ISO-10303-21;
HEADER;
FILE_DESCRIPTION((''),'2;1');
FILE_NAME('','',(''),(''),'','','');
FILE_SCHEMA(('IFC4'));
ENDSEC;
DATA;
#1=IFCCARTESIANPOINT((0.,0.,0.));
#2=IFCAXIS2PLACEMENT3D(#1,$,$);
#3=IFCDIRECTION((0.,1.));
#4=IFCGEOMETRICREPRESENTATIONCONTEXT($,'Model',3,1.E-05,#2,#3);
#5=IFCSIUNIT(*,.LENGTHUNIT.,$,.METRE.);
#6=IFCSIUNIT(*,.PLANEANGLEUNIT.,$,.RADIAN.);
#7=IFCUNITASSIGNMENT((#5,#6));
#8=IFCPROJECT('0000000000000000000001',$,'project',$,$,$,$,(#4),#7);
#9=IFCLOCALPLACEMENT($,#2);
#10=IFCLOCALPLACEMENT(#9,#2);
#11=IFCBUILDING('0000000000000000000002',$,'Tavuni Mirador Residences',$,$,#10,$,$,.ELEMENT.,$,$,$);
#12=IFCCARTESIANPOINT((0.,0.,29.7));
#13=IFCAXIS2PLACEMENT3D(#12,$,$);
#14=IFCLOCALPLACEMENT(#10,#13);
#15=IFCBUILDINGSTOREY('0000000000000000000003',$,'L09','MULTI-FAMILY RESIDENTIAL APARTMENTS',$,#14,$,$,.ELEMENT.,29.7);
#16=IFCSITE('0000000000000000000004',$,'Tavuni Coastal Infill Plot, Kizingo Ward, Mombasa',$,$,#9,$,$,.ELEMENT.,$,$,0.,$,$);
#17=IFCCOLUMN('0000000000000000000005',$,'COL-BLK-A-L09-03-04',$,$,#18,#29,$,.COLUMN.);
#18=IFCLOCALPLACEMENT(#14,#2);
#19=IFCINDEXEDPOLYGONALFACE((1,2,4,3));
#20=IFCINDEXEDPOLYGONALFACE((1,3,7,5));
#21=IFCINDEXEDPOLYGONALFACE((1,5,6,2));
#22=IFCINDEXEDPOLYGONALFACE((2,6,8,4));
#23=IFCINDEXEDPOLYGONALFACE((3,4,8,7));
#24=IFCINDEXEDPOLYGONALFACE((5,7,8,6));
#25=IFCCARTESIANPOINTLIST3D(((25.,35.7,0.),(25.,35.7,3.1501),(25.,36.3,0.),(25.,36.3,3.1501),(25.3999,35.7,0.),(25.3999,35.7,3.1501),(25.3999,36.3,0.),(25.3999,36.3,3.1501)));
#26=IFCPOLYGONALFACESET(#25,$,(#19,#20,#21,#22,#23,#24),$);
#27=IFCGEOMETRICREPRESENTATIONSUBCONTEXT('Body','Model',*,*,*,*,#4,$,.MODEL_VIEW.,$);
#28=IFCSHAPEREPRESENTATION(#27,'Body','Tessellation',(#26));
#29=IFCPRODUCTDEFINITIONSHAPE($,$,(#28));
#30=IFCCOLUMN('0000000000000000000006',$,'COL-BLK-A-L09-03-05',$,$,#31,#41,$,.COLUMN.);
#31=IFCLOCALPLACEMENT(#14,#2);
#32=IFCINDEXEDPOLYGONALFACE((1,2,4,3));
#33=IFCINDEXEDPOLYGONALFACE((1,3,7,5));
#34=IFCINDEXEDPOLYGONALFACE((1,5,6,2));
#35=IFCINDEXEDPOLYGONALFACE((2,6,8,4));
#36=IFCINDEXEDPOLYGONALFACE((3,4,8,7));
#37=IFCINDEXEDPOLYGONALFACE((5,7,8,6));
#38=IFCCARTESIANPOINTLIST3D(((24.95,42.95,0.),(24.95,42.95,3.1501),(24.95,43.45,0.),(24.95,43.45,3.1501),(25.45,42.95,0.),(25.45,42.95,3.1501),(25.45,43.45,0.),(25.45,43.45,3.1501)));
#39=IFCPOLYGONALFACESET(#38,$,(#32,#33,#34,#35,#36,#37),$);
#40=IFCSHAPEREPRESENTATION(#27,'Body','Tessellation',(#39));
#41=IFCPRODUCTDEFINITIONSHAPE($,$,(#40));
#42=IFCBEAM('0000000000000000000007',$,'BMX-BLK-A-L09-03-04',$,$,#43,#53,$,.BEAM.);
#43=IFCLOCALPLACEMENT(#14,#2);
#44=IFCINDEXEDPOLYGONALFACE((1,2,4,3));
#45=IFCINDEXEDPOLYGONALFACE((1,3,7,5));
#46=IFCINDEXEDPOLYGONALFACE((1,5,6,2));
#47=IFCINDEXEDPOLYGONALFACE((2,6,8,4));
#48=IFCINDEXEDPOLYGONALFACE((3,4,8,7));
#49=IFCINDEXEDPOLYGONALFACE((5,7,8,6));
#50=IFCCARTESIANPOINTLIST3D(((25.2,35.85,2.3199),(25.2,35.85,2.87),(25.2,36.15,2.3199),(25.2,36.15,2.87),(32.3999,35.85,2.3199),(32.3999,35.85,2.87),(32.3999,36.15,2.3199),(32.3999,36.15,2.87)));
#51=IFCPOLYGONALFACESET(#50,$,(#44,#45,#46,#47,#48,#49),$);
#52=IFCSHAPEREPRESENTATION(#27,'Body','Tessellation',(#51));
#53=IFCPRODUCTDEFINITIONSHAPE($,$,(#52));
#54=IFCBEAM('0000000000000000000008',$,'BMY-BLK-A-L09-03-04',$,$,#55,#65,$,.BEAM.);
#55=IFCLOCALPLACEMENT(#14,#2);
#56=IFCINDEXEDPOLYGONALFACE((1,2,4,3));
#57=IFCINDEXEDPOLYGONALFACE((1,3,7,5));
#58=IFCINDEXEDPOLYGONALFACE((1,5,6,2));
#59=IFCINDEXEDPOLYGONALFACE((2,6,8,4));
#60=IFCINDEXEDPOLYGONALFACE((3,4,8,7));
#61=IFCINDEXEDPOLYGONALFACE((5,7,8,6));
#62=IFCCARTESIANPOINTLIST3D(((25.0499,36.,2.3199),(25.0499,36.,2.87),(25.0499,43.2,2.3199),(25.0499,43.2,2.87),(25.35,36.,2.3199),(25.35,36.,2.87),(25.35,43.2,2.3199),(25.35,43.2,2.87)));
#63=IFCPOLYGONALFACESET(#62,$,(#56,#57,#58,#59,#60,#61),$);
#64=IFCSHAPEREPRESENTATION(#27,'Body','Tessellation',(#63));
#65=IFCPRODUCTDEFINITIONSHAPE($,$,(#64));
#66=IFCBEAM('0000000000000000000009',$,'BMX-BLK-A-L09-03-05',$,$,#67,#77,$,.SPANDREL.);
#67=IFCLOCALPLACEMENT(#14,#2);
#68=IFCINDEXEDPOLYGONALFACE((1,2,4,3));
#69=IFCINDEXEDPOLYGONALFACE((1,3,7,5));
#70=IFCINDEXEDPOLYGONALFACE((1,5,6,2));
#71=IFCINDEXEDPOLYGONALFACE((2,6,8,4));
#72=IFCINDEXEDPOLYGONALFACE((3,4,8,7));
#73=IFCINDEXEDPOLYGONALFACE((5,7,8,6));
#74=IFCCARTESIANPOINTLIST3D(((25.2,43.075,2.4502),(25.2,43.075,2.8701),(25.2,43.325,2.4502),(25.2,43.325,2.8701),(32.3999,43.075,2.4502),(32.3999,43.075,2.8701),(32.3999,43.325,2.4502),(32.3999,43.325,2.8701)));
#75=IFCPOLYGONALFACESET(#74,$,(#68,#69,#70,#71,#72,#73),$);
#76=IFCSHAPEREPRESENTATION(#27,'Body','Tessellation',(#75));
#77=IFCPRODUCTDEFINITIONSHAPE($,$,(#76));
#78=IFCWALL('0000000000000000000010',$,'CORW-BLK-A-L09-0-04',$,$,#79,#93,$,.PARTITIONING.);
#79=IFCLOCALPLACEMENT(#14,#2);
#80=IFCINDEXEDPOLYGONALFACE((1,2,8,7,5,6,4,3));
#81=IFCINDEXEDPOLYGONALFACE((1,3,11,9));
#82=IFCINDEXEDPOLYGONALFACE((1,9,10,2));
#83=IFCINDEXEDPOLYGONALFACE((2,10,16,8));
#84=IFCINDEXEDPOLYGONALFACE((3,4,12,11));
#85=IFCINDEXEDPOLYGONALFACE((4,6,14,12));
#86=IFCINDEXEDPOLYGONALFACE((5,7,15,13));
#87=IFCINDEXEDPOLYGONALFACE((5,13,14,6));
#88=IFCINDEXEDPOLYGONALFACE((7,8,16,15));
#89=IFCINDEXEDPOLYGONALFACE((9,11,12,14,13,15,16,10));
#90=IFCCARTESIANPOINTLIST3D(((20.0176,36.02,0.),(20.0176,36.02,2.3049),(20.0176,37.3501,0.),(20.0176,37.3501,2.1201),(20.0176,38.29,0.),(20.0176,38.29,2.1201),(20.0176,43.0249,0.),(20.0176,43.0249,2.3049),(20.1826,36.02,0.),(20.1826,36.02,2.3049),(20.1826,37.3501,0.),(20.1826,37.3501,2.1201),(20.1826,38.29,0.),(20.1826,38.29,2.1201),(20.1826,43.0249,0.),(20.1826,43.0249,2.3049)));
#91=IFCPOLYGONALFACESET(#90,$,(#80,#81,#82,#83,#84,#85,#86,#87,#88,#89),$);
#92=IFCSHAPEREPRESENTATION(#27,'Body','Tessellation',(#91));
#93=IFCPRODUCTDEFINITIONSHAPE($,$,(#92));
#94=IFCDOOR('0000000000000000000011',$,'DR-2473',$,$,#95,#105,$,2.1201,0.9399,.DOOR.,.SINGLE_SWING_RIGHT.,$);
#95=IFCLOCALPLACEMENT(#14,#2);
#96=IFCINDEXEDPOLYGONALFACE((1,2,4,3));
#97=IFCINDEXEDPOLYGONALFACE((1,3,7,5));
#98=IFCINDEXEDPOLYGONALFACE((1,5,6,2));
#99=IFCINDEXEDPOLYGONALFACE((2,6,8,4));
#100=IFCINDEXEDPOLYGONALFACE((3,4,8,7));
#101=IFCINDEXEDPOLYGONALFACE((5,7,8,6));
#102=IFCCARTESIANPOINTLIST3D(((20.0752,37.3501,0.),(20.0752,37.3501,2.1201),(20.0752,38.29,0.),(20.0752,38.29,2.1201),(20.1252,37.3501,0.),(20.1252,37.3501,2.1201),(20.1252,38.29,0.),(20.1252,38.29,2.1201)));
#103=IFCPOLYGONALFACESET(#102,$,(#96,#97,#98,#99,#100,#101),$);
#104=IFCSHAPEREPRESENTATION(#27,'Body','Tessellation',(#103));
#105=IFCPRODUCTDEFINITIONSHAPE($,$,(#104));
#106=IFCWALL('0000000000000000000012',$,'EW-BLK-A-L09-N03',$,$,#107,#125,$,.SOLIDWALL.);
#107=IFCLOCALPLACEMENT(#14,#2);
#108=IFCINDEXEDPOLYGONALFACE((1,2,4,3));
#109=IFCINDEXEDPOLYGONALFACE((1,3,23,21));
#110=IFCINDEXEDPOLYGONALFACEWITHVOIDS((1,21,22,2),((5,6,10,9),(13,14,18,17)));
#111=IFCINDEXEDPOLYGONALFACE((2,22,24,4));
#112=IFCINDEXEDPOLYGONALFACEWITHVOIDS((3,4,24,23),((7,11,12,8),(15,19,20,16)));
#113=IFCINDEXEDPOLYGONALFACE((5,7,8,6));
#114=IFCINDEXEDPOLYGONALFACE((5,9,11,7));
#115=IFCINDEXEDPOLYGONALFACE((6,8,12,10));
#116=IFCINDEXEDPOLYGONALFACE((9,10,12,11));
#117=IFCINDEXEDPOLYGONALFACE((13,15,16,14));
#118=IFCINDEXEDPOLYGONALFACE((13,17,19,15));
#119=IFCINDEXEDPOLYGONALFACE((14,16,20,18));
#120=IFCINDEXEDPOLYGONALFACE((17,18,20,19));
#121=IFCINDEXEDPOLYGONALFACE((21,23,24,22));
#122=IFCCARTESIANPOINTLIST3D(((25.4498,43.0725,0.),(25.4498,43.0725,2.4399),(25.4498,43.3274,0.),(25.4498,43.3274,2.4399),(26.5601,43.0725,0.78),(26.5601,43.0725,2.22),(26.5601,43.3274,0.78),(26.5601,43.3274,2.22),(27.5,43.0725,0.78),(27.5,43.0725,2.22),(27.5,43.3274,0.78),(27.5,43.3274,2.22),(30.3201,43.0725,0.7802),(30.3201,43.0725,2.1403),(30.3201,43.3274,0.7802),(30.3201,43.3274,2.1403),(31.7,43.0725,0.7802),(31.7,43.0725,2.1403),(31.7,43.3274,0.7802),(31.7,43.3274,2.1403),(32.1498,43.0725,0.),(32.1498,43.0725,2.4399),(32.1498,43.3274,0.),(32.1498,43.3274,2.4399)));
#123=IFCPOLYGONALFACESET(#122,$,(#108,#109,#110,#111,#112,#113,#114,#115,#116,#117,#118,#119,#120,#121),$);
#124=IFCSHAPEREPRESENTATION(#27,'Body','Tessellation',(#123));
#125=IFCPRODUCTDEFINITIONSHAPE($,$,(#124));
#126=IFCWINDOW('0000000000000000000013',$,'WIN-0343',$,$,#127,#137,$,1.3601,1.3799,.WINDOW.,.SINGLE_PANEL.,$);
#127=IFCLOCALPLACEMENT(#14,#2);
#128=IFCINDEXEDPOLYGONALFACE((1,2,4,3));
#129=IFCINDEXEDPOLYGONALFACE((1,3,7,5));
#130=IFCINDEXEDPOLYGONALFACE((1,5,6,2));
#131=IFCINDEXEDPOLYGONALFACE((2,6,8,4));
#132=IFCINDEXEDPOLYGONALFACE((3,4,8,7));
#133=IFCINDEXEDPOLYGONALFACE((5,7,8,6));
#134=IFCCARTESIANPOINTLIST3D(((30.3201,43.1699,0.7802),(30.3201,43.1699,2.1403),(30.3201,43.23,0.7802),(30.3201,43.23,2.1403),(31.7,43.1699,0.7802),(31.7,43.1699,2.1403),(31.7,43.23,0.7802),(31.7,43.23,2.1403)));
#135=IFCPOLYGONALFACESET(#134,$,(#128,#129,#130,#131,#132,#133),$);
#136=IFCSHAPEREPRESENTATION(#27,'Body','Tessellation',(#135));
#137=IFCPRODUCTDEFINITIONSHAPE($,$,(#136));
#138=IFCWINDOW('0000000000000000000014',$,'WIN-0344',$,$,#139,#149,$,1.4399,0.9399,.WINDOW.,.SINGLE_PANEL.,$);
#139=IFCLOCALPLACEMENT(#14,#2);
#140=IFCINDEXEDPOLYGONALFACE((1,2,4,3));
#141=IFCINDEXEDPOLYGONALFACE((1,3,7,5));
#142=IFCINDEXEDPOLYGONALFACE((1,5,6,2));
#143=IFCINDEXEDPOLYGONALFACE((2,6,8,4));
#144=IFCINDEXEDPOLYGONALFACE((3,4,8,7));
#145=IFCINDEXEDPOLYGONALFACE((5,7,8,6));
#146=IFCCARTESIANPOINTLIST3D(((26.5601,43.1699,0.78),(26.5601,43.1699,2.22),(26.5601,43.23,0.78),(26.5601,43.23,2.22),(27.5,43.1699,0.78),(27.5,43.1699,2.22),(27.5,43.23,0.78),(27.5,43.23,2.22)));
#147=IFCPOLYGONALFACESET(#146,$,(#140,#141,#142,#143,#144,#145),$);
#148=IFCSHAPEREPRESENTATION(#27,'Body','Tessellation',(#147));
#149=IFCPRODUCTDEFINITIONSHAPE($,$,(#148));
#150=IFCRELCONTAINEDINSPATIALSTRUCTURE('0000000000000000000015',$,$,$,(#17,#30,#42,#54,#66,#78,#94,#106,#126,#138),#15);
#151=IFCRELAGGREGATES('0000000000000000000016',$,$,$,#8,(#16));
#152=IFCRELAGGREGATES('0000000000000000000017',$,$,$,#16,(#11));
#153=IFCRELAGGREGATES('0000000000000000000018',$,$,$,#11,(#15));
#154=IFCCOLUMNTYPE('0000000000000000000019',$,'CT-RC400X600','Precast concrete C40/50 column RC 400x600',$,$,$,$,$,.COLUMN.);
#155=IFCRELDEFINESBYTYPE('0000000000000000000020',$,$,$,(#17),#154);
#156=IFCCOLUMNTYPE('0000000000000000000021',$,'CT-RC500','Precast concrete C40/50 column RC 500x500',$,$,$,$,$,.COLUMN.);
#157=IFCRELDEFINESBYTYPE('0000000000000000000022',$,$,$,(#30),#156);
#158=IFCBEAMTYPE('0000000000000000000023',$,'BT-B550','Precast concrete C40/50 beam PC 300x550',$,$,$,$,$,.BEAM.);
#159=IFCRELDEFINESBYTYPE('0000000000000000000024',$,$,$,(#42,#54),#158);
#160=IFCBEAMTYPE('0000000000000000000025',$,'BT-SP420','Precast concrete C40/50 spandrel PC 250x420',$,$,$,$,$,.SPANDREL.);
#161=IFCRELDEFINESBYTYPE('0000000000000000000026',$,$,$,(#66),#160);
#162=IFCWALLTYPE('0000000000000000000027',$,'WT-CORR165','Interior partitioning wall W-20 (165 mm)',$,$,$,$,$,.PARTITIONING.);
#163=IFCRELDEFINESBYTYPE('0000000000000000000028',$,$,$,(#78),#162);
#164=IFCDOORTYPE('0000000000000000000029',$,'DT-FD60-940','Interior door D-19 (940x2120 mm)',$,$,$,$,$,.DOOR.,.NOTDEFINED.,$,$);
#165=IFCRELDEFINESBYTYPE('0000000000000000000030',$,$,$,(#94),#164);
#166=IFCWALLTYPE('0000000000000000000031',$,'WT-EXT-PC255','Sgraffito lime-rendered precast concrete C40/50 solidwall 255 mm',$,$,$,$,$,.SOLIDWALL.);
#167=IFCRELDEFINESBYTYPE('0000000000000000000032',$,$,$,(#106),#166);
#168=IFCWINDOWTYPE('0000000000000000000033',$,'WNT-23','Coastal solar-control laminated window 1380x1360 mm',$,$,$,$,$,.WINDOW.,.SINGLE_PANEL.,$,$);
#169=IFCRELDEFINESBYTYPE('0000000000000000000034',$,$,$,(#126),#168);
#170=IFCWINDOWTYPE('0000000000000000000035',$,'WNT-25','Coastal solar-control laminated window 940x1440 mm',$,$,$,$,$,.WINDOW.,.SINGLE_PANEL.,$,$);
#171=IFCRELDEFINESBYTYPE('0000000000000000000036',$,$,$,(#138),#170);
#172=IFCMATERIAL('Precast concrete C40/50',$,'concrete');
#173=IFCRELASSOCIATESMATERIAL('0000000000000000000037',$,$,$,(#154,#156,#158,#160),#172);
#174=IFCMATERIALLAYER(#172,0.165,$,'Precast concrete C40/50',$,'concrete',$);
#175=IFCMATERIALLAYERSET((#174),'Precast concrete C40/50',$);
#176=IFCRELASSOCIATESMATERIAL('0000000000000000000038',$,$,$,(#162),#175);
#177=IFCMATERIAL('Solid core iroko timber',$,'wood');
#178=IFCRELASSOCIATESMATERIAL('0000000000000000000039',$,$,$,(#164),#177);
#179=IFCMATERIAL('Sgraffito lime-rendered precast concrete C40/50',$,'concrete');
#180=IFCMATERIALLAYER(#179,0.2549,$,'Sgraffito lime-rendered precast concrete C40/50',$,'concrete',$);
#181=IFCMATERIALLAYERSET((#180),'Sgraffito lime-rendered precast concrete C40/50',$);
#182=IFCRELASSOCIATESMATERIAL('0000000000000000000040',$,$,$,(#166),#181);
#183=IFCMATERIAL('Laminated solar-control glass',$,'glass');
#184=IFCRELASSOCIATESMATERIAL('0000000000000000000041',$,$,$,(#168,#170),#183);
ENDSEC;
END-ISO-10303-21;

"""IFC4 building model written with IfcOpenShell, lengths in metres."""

from ifc_helpers import new_model, si_unit, direction, frame, frame_2d, origin, origin_2d, place, context, subcontext, project, spatial, rectangle, extrude, material, layer, layer_set, material_profile, profile_set, type_object, element, fill, save


model = new_model("IFC4")

# Units and contexts
model_context = context("Model", 3, precision=1e-05, world=origin(), true_north=direction((0.0, 1.0)))
body_context = subcontext(model_context, "Body", "Model", "MODEL_VIEW")
ifc_project = project(units=[si_unit("LENGTHUNIT", "METRE"), si_unit("PLANEANGLEUNIT", "RADIAN")], contexts=[model_context])

# Site, building, storey
site_placement = place(None, origin())
site = spatial("IfcSite", under=ifc_project, at=site_placement, Name="Tavuni Coastal Infill Plot, Kizingo Ward, Mombasa", CompositionType="ELEMENT", RefElevation=0.0)
building_placement = place(site_placement, origin())
building = spatial("IfcBuilding", under=site, at=building_placement, Name="Tavuni Mirador Residences", CompositionType="ELEMENT")
storey_placement = place(building_placement, frame((0.0, 0.0, 29.7)))
storey = spatial("IfcBuildingStorey", under=building, at=storey_placement, Name="L09", Description="MULTI-FAMILY RESIDENTIAL APARTMENTS", CompositionType="ELEMENT", Elevation=29.7)

# Columns
ifc_material_1 = material(Name="Precast concrete C40/50", Category="concrete")
ifc_material_profile_1 = material_profile(ifc_material_1, rectangle(XDim=0.3999, YDim=0.6001, at=origin_2d()), Name="RC 400x600", Category="concrete")
ifc_profile_set_1 = profile_set([ifc_material_profile_1], Name="Precast concrete C40/50")
column_type_1 = type_object("IfcColumnType", Name="CT-RC400X600", Description="Precast concrete C40/50 column RC 400x600", PredefinedType="COLUMN", material=ifc_profile_set_1)
column_1_placement = place(storey_placement, frame((25.2, 36.0, 0.0), z_axis=(0.0, 0.0, 1.0), x_axis=(1.0, 0.0, 0.0)))
element("IfcColumn", 1, at=column_1_placement, inside=storey, type_object=column_type_1, Name="COL-BLK-A-L09-03-04", PredefinedType="COLUMN", context=body_context, shape_type="SweptSolid", body=[
    extrude(rectangle(XDim=0.3999, YDim=0.6001, at=origin_2d()), origin(), (0.0, 0.0, 1.0), 3.1501),
])
ifc_material_profile_2 = material_profile(ifc_material_1, rectangle(XDim=0.5, YDim=0.5, at=origin_2d()), Name="RC 500x500", Category="concrete")
ifc_profile_set_2 = profile_set([ifc_material_profile_2], Name="Precast concrete C40/50")
column_type_2 = type_object("IfcColumnType", Name="CT-RC500", Description="Precast concrete C40/50 column RC 500x500", PredefinedType="COLUMN", material=ifc_profile_set_2)
column_2_placement = place(storey_placement, frame((25.2, 43.2, 0.0), z_axis=(0.0, 0.0, 1.0), x_axis=(1.0, 0.0, 0.0)))
element("IfcColumn", 2, at=column_2_placement, inside=storey, type_object=column_type_2, Name="COL-BLK-A-L09-03-05", PredefinedType="COLUMN", context=body_context, shape_type="SweptSolid", body=[
    extrude(rectangle(XDim=0.5, YDim=0.5, at=origin_2d()), origin(), (0.0, 0.0, 1.0), 3.1501),
])

# Beams
ifc_material_profile_3 = material_profile(ifc_material_1, rectangle(XDim=0.3, YDim=0.55, at=origin_2d()), Name="PC 300x550", Category="concrete")
ifc_profile_set_3 = profile_set([ifc_material_profile_3], Name="Precast concrete C40/50")
beam_type_1 = type_object("IfcBeamType", Name="BT-B550", Description="Precast concrete C40/50 beam PC 300x550", PredefinedType="BEAM", material=ifc_profile_set_3)
for number, where, z_axis, x_axis, name in (
    (3, (25.2, 36.0, 2.595), (1.0, 0.0, 0.0), (0.0, 1.0, 0.0), "BMX-BLK-A-L09-03-04"),
    (4, (25.2, 36.0, 2.595), (0.0, 1.0, 0.0), (-1.0, 0.0, 0.0), "BMY-BLK-A-L09-03-04"),
):
    element("IfcBeam", number, at=place(storey_placement, frame(where, z_axis=z_axis, x_axis=x_axis)), inside=storey, type_object=beam_type_1, Name=name, PredefinedType="BEAM", context=body_context, shape_type="SweptSolid", body=[
        extrude(rectangle(XDim=0.3, YDim=0.55, at=origin_2d()), origin(), (0.0, 0.0, 1.0), 7.2),
    ])
ifc_material_profile_4 = material_profile(ifc_material_1, rectangle(XDim=0.25, YDim=0.4199, at=origin_2d()), Name="PC 250x420", Category="concrete")
ifc_profile_set_4 = profile_set([ifc_material_profile_4], Name="Precast concrete C40/50")
beam_type_2 = type_object("IfcBeamType", Name="BT-SP420", Description="Precast concrete C40/50 spandrel PC 250x420", PredefinedType="SPANDREL", material=ifc_profile_set_4)
beam_placement = place(storey_placement, frame((25.2, 43.2, 2.6602), z_axis=(1.0, 0.0, 0.0), x_axis=(0.0, 1.0, 0.0)))
element("IfcBeam", 5, at=beam_placement, inside=storey, type_object=beam_type_2, Name="BMX-BLK-A-L09-03-05", PredefinedType="SPANDREL", context=body_context, shape_type="SweptSolid", body=[
    extrude(rectangle(XDim=0.25, YDim=0.4199, at=origin_2d()), origin(), (0.0, 0.0, 1.0), 7.2),
])

# Wall, opening, door
ifc_layer_1 = layer(ifc_material_1, 0.165, Name="Precast concrete C40/50", Category="concrete")
ifc_layer_set_1 = layer_set([ifc_layer_1], Name="Precast concrete C40/50")
wall_type_1 = type_object("IfcWallType", Name="WT-CORR165", Description="Interior partitioning wall W-20 (165 mm)", PredefinedType="PARTITIONING", material=ifc_layer_set_1)
wall_1_placement = place(storey_placement, frame((20.1001, 36.02, 0.0), z_axis=(0.0, 0.0, 1.0), x_axis=(0.0, 1.0, 0.0)))
wall_1 = element("IfcWall", 6, at=wall_1_placement, inside=storey, type_object=wall_type_1, Name="CORW-BLK-A-L09-0-04", PredefinedType="PARTITIONING", context=body_context, shape_type="SweptSolid", body=[
    extrude(rectangle(XDim=7.0049, YDim=0.165, at=frame_2d((3.5024, 0.0))), origin(), (0.0, 0.0, 1.0), 2.3049),
])
opening_1_placement = place(wall_1_placement, frame((1.3301, 0.0, 0.0)))
opening_1 = element("IfcOpeningElement", 7, at=opening_1_placement, cuts=wall_1, PredefinedType="OPENING", context=body_context, shape_type="SweptSolid", body=[
    extrude(rectangle(XDim=0.9399, YDim=2.1201, at=frame_2d((0.47, 1.0601))), frame((0.0, 0.0925, 0.0), z_axis=(0.0, -1.0, 0.0), x_axis=(1.0, 0.0, 0.0)), (0.0, 0.0, 1.0), 0.1851),
])
ifc_material_2 = material(Name="Solid core iroko timber", Category="wood")
door_type_1 = type_object("IfcDoorType", Name="DT-FD60-940", Description="Interior door D-19 (940x2120 mm)", OperationType="NOTDEFINED", PredefinedType="DOOR", material=ifc_material_2)
door_1_placement = place(opening_1_placement, origin())
door_1 = element("IfcDoor", 8, at=door_1_placement, inside=storey, type_object=door_type_1, Name="DR-2473", OperationType="SINGLE_SWING_RIGHT", OverallHeight=2.1201, OverallWidth=0.9399, PredefinedType="DOOR", context=body_context, shape_type="SweptSolid", body=[
    extrude(rectangle(XDim=0.9399, YDim=2.1201, at=frame_2d((0.47, 1.0601))), frame((0.0, 0.0249, 0.0), z_axis=(0.0, -1.0, 0.0), x_axis=(1.0, 0.0, 0.0)), (0.0, 0.0, 1.0), 0.05),
])
fill(opening_1, door_1)

# Wall, openings, windows
ifc_material_3 = material(Name="Sgraffito lime-rendered precast concrete C40/50", Category="concrete")
ifc_layer_2 = layer(ifc_material_3, 0.2549, Name="Sgraffito lime-rendered precast concrete C40/50", Category="concrete")
ifc_layer_set_2 = layer_set([ifc_layer_2], Name="Sgraffito lime-rendered precast concrete C40/50")
wall_type_2 = type_object("IfcWallType", Name="WT-EXT-PC255", Description="Sgraffito lime-rendered precast concrete C40/50 solidwall 255 mm", PredefinedType="SOLIDWALL", material=ifc_layer_set_2)
wall_2_placement = place(storey_placement, frame((32.1499, 43.2, 0.0), z_axis=(0.0, 0.0, 1.0), x_axis=(-1.0, 0.0, 0.0)))
wall_2 = element("IfcWall", 9, at=wall_2_placement, inside=storey, type_object=wall_type_2, Name="EW-BLK-A-L09-N03", PredefinedType="SOLIDWALL", context=body_context, shape_type="SweptSolid", body=[
    extrude(rectangle(XDim=6.7, YDim=0.2549, at=frame_2d((3.3501, 0.0))), origin(), (0.0, 0.0, 1.0), 2.4399),
])
opening_2_placement = place(wall_2_placement, frame((0.45, 0.0, 0.78)))
opening_2 = element("IfcOpeningElement", 10, at=opening_2_placement, cuts=wall_2, PredefinedType="OPENING", context=body_context, shape_type="SweptSolid", body=[
    extrude(rectangle(XDim=1.3799, YDim=1.3601, at=frame_2d((0.6899, 0.6802))), frame((0.0, 0.1375, 0.0), z_axis=(0.0, -1.0, 0.0), x_axis=(1.0, 0.0, 0.0)), (0.0, 0.0, 1.0), 0.2749),
])
opening_3_placement = place(wall_2_placement, frame((4.6499, 0.0, 0.78)))
opening_3 = element("IfcOpeningElement", 11, at=opening_3_placement, cuts=wall_2, PredefinedType="OPENING", context=body_context, shape_type="SweptSolid", body=[
    extrude(rectangle(XDim=0.9399, YDim=1.4399, at=frame_2d((0.47, 0.72))), frame((0.0, 0.1375, 0.0), z_axis=(0.0, -1.0, 0.0), x_axis=(1.0, 0.0, 0.0)), (0.0, 0.0, 1.0), 0.2749),
])
ifc_material_4 = material(Name="Laminated solar-control glass", Category="glass")
window_type_1 = type_object("IfcWindowType", Name="WNT-23", Description="Coastal solar-control laminated window 1380x1360 mm", PartitioningType="SINGLE_PANEL", PredefinedType="WINDOW", material=ifc_material_4)
window_1_placement = place(opening_2_placement, origin())
window_1 = element("IfcWindow", 12, at=window_1_placement, inside=storey, type_object=window_type_1, Name="WIN-0343", OverallHeight=1.3601, OverallWidth=1.3799, PartitioningType="SINGLE_PANEL", PredefinedType="WINDOW", context=body_context, shape_type="SweptSolid", body=[
    extrude(rectangle(XDim=1.3799, YDim=1.3601, at=frame_2d((0.6899, 0.6802))), frame((0.0, 0.03, 0.0), z_axis=(0.0, -1.0, 0.0), x_axis=(1.0, 0.0, 0.0)), (0.0, 0.0, 1.0), 0.0601),
])
fill(opening_2, window_1)
window_type_2 = type_object("IfcWindowType", Name="WNT-25", Description="Coastal solar-control laminated window 940x1440 mm", PartitioningType="SINGLE_PANEL", PredefinedType="WINDOW", material=ifc_material_4)
window_2_placement = place(opening_3_placement, origin())
window_2 = element("IfcWindow", 13, at=window_2_placement, inside=storey, type_object=window_type_2, Name="WIN-0344", OverallHeight=1.4399, OverallWidth=0.9399, PartitioningType="SINGLE_PANEL", PredefinedType="WINDOW", context=body_context, shape_type="SweptSolid", body=[
    extrude(rectangle(XDim=0.9399, YDim=1.4399, at=frame_2d((0.47, 0.72))), frame((0.0, 0.03, 0.0), z_axis=(0.0, -1.0, 0.0), x_axis=(1.0, 0.0, 0.0)), (0.0, 0.0, 1.0), 0.0601),
])
fill(opening_3, window_2)

save(model, "model.ifc")
